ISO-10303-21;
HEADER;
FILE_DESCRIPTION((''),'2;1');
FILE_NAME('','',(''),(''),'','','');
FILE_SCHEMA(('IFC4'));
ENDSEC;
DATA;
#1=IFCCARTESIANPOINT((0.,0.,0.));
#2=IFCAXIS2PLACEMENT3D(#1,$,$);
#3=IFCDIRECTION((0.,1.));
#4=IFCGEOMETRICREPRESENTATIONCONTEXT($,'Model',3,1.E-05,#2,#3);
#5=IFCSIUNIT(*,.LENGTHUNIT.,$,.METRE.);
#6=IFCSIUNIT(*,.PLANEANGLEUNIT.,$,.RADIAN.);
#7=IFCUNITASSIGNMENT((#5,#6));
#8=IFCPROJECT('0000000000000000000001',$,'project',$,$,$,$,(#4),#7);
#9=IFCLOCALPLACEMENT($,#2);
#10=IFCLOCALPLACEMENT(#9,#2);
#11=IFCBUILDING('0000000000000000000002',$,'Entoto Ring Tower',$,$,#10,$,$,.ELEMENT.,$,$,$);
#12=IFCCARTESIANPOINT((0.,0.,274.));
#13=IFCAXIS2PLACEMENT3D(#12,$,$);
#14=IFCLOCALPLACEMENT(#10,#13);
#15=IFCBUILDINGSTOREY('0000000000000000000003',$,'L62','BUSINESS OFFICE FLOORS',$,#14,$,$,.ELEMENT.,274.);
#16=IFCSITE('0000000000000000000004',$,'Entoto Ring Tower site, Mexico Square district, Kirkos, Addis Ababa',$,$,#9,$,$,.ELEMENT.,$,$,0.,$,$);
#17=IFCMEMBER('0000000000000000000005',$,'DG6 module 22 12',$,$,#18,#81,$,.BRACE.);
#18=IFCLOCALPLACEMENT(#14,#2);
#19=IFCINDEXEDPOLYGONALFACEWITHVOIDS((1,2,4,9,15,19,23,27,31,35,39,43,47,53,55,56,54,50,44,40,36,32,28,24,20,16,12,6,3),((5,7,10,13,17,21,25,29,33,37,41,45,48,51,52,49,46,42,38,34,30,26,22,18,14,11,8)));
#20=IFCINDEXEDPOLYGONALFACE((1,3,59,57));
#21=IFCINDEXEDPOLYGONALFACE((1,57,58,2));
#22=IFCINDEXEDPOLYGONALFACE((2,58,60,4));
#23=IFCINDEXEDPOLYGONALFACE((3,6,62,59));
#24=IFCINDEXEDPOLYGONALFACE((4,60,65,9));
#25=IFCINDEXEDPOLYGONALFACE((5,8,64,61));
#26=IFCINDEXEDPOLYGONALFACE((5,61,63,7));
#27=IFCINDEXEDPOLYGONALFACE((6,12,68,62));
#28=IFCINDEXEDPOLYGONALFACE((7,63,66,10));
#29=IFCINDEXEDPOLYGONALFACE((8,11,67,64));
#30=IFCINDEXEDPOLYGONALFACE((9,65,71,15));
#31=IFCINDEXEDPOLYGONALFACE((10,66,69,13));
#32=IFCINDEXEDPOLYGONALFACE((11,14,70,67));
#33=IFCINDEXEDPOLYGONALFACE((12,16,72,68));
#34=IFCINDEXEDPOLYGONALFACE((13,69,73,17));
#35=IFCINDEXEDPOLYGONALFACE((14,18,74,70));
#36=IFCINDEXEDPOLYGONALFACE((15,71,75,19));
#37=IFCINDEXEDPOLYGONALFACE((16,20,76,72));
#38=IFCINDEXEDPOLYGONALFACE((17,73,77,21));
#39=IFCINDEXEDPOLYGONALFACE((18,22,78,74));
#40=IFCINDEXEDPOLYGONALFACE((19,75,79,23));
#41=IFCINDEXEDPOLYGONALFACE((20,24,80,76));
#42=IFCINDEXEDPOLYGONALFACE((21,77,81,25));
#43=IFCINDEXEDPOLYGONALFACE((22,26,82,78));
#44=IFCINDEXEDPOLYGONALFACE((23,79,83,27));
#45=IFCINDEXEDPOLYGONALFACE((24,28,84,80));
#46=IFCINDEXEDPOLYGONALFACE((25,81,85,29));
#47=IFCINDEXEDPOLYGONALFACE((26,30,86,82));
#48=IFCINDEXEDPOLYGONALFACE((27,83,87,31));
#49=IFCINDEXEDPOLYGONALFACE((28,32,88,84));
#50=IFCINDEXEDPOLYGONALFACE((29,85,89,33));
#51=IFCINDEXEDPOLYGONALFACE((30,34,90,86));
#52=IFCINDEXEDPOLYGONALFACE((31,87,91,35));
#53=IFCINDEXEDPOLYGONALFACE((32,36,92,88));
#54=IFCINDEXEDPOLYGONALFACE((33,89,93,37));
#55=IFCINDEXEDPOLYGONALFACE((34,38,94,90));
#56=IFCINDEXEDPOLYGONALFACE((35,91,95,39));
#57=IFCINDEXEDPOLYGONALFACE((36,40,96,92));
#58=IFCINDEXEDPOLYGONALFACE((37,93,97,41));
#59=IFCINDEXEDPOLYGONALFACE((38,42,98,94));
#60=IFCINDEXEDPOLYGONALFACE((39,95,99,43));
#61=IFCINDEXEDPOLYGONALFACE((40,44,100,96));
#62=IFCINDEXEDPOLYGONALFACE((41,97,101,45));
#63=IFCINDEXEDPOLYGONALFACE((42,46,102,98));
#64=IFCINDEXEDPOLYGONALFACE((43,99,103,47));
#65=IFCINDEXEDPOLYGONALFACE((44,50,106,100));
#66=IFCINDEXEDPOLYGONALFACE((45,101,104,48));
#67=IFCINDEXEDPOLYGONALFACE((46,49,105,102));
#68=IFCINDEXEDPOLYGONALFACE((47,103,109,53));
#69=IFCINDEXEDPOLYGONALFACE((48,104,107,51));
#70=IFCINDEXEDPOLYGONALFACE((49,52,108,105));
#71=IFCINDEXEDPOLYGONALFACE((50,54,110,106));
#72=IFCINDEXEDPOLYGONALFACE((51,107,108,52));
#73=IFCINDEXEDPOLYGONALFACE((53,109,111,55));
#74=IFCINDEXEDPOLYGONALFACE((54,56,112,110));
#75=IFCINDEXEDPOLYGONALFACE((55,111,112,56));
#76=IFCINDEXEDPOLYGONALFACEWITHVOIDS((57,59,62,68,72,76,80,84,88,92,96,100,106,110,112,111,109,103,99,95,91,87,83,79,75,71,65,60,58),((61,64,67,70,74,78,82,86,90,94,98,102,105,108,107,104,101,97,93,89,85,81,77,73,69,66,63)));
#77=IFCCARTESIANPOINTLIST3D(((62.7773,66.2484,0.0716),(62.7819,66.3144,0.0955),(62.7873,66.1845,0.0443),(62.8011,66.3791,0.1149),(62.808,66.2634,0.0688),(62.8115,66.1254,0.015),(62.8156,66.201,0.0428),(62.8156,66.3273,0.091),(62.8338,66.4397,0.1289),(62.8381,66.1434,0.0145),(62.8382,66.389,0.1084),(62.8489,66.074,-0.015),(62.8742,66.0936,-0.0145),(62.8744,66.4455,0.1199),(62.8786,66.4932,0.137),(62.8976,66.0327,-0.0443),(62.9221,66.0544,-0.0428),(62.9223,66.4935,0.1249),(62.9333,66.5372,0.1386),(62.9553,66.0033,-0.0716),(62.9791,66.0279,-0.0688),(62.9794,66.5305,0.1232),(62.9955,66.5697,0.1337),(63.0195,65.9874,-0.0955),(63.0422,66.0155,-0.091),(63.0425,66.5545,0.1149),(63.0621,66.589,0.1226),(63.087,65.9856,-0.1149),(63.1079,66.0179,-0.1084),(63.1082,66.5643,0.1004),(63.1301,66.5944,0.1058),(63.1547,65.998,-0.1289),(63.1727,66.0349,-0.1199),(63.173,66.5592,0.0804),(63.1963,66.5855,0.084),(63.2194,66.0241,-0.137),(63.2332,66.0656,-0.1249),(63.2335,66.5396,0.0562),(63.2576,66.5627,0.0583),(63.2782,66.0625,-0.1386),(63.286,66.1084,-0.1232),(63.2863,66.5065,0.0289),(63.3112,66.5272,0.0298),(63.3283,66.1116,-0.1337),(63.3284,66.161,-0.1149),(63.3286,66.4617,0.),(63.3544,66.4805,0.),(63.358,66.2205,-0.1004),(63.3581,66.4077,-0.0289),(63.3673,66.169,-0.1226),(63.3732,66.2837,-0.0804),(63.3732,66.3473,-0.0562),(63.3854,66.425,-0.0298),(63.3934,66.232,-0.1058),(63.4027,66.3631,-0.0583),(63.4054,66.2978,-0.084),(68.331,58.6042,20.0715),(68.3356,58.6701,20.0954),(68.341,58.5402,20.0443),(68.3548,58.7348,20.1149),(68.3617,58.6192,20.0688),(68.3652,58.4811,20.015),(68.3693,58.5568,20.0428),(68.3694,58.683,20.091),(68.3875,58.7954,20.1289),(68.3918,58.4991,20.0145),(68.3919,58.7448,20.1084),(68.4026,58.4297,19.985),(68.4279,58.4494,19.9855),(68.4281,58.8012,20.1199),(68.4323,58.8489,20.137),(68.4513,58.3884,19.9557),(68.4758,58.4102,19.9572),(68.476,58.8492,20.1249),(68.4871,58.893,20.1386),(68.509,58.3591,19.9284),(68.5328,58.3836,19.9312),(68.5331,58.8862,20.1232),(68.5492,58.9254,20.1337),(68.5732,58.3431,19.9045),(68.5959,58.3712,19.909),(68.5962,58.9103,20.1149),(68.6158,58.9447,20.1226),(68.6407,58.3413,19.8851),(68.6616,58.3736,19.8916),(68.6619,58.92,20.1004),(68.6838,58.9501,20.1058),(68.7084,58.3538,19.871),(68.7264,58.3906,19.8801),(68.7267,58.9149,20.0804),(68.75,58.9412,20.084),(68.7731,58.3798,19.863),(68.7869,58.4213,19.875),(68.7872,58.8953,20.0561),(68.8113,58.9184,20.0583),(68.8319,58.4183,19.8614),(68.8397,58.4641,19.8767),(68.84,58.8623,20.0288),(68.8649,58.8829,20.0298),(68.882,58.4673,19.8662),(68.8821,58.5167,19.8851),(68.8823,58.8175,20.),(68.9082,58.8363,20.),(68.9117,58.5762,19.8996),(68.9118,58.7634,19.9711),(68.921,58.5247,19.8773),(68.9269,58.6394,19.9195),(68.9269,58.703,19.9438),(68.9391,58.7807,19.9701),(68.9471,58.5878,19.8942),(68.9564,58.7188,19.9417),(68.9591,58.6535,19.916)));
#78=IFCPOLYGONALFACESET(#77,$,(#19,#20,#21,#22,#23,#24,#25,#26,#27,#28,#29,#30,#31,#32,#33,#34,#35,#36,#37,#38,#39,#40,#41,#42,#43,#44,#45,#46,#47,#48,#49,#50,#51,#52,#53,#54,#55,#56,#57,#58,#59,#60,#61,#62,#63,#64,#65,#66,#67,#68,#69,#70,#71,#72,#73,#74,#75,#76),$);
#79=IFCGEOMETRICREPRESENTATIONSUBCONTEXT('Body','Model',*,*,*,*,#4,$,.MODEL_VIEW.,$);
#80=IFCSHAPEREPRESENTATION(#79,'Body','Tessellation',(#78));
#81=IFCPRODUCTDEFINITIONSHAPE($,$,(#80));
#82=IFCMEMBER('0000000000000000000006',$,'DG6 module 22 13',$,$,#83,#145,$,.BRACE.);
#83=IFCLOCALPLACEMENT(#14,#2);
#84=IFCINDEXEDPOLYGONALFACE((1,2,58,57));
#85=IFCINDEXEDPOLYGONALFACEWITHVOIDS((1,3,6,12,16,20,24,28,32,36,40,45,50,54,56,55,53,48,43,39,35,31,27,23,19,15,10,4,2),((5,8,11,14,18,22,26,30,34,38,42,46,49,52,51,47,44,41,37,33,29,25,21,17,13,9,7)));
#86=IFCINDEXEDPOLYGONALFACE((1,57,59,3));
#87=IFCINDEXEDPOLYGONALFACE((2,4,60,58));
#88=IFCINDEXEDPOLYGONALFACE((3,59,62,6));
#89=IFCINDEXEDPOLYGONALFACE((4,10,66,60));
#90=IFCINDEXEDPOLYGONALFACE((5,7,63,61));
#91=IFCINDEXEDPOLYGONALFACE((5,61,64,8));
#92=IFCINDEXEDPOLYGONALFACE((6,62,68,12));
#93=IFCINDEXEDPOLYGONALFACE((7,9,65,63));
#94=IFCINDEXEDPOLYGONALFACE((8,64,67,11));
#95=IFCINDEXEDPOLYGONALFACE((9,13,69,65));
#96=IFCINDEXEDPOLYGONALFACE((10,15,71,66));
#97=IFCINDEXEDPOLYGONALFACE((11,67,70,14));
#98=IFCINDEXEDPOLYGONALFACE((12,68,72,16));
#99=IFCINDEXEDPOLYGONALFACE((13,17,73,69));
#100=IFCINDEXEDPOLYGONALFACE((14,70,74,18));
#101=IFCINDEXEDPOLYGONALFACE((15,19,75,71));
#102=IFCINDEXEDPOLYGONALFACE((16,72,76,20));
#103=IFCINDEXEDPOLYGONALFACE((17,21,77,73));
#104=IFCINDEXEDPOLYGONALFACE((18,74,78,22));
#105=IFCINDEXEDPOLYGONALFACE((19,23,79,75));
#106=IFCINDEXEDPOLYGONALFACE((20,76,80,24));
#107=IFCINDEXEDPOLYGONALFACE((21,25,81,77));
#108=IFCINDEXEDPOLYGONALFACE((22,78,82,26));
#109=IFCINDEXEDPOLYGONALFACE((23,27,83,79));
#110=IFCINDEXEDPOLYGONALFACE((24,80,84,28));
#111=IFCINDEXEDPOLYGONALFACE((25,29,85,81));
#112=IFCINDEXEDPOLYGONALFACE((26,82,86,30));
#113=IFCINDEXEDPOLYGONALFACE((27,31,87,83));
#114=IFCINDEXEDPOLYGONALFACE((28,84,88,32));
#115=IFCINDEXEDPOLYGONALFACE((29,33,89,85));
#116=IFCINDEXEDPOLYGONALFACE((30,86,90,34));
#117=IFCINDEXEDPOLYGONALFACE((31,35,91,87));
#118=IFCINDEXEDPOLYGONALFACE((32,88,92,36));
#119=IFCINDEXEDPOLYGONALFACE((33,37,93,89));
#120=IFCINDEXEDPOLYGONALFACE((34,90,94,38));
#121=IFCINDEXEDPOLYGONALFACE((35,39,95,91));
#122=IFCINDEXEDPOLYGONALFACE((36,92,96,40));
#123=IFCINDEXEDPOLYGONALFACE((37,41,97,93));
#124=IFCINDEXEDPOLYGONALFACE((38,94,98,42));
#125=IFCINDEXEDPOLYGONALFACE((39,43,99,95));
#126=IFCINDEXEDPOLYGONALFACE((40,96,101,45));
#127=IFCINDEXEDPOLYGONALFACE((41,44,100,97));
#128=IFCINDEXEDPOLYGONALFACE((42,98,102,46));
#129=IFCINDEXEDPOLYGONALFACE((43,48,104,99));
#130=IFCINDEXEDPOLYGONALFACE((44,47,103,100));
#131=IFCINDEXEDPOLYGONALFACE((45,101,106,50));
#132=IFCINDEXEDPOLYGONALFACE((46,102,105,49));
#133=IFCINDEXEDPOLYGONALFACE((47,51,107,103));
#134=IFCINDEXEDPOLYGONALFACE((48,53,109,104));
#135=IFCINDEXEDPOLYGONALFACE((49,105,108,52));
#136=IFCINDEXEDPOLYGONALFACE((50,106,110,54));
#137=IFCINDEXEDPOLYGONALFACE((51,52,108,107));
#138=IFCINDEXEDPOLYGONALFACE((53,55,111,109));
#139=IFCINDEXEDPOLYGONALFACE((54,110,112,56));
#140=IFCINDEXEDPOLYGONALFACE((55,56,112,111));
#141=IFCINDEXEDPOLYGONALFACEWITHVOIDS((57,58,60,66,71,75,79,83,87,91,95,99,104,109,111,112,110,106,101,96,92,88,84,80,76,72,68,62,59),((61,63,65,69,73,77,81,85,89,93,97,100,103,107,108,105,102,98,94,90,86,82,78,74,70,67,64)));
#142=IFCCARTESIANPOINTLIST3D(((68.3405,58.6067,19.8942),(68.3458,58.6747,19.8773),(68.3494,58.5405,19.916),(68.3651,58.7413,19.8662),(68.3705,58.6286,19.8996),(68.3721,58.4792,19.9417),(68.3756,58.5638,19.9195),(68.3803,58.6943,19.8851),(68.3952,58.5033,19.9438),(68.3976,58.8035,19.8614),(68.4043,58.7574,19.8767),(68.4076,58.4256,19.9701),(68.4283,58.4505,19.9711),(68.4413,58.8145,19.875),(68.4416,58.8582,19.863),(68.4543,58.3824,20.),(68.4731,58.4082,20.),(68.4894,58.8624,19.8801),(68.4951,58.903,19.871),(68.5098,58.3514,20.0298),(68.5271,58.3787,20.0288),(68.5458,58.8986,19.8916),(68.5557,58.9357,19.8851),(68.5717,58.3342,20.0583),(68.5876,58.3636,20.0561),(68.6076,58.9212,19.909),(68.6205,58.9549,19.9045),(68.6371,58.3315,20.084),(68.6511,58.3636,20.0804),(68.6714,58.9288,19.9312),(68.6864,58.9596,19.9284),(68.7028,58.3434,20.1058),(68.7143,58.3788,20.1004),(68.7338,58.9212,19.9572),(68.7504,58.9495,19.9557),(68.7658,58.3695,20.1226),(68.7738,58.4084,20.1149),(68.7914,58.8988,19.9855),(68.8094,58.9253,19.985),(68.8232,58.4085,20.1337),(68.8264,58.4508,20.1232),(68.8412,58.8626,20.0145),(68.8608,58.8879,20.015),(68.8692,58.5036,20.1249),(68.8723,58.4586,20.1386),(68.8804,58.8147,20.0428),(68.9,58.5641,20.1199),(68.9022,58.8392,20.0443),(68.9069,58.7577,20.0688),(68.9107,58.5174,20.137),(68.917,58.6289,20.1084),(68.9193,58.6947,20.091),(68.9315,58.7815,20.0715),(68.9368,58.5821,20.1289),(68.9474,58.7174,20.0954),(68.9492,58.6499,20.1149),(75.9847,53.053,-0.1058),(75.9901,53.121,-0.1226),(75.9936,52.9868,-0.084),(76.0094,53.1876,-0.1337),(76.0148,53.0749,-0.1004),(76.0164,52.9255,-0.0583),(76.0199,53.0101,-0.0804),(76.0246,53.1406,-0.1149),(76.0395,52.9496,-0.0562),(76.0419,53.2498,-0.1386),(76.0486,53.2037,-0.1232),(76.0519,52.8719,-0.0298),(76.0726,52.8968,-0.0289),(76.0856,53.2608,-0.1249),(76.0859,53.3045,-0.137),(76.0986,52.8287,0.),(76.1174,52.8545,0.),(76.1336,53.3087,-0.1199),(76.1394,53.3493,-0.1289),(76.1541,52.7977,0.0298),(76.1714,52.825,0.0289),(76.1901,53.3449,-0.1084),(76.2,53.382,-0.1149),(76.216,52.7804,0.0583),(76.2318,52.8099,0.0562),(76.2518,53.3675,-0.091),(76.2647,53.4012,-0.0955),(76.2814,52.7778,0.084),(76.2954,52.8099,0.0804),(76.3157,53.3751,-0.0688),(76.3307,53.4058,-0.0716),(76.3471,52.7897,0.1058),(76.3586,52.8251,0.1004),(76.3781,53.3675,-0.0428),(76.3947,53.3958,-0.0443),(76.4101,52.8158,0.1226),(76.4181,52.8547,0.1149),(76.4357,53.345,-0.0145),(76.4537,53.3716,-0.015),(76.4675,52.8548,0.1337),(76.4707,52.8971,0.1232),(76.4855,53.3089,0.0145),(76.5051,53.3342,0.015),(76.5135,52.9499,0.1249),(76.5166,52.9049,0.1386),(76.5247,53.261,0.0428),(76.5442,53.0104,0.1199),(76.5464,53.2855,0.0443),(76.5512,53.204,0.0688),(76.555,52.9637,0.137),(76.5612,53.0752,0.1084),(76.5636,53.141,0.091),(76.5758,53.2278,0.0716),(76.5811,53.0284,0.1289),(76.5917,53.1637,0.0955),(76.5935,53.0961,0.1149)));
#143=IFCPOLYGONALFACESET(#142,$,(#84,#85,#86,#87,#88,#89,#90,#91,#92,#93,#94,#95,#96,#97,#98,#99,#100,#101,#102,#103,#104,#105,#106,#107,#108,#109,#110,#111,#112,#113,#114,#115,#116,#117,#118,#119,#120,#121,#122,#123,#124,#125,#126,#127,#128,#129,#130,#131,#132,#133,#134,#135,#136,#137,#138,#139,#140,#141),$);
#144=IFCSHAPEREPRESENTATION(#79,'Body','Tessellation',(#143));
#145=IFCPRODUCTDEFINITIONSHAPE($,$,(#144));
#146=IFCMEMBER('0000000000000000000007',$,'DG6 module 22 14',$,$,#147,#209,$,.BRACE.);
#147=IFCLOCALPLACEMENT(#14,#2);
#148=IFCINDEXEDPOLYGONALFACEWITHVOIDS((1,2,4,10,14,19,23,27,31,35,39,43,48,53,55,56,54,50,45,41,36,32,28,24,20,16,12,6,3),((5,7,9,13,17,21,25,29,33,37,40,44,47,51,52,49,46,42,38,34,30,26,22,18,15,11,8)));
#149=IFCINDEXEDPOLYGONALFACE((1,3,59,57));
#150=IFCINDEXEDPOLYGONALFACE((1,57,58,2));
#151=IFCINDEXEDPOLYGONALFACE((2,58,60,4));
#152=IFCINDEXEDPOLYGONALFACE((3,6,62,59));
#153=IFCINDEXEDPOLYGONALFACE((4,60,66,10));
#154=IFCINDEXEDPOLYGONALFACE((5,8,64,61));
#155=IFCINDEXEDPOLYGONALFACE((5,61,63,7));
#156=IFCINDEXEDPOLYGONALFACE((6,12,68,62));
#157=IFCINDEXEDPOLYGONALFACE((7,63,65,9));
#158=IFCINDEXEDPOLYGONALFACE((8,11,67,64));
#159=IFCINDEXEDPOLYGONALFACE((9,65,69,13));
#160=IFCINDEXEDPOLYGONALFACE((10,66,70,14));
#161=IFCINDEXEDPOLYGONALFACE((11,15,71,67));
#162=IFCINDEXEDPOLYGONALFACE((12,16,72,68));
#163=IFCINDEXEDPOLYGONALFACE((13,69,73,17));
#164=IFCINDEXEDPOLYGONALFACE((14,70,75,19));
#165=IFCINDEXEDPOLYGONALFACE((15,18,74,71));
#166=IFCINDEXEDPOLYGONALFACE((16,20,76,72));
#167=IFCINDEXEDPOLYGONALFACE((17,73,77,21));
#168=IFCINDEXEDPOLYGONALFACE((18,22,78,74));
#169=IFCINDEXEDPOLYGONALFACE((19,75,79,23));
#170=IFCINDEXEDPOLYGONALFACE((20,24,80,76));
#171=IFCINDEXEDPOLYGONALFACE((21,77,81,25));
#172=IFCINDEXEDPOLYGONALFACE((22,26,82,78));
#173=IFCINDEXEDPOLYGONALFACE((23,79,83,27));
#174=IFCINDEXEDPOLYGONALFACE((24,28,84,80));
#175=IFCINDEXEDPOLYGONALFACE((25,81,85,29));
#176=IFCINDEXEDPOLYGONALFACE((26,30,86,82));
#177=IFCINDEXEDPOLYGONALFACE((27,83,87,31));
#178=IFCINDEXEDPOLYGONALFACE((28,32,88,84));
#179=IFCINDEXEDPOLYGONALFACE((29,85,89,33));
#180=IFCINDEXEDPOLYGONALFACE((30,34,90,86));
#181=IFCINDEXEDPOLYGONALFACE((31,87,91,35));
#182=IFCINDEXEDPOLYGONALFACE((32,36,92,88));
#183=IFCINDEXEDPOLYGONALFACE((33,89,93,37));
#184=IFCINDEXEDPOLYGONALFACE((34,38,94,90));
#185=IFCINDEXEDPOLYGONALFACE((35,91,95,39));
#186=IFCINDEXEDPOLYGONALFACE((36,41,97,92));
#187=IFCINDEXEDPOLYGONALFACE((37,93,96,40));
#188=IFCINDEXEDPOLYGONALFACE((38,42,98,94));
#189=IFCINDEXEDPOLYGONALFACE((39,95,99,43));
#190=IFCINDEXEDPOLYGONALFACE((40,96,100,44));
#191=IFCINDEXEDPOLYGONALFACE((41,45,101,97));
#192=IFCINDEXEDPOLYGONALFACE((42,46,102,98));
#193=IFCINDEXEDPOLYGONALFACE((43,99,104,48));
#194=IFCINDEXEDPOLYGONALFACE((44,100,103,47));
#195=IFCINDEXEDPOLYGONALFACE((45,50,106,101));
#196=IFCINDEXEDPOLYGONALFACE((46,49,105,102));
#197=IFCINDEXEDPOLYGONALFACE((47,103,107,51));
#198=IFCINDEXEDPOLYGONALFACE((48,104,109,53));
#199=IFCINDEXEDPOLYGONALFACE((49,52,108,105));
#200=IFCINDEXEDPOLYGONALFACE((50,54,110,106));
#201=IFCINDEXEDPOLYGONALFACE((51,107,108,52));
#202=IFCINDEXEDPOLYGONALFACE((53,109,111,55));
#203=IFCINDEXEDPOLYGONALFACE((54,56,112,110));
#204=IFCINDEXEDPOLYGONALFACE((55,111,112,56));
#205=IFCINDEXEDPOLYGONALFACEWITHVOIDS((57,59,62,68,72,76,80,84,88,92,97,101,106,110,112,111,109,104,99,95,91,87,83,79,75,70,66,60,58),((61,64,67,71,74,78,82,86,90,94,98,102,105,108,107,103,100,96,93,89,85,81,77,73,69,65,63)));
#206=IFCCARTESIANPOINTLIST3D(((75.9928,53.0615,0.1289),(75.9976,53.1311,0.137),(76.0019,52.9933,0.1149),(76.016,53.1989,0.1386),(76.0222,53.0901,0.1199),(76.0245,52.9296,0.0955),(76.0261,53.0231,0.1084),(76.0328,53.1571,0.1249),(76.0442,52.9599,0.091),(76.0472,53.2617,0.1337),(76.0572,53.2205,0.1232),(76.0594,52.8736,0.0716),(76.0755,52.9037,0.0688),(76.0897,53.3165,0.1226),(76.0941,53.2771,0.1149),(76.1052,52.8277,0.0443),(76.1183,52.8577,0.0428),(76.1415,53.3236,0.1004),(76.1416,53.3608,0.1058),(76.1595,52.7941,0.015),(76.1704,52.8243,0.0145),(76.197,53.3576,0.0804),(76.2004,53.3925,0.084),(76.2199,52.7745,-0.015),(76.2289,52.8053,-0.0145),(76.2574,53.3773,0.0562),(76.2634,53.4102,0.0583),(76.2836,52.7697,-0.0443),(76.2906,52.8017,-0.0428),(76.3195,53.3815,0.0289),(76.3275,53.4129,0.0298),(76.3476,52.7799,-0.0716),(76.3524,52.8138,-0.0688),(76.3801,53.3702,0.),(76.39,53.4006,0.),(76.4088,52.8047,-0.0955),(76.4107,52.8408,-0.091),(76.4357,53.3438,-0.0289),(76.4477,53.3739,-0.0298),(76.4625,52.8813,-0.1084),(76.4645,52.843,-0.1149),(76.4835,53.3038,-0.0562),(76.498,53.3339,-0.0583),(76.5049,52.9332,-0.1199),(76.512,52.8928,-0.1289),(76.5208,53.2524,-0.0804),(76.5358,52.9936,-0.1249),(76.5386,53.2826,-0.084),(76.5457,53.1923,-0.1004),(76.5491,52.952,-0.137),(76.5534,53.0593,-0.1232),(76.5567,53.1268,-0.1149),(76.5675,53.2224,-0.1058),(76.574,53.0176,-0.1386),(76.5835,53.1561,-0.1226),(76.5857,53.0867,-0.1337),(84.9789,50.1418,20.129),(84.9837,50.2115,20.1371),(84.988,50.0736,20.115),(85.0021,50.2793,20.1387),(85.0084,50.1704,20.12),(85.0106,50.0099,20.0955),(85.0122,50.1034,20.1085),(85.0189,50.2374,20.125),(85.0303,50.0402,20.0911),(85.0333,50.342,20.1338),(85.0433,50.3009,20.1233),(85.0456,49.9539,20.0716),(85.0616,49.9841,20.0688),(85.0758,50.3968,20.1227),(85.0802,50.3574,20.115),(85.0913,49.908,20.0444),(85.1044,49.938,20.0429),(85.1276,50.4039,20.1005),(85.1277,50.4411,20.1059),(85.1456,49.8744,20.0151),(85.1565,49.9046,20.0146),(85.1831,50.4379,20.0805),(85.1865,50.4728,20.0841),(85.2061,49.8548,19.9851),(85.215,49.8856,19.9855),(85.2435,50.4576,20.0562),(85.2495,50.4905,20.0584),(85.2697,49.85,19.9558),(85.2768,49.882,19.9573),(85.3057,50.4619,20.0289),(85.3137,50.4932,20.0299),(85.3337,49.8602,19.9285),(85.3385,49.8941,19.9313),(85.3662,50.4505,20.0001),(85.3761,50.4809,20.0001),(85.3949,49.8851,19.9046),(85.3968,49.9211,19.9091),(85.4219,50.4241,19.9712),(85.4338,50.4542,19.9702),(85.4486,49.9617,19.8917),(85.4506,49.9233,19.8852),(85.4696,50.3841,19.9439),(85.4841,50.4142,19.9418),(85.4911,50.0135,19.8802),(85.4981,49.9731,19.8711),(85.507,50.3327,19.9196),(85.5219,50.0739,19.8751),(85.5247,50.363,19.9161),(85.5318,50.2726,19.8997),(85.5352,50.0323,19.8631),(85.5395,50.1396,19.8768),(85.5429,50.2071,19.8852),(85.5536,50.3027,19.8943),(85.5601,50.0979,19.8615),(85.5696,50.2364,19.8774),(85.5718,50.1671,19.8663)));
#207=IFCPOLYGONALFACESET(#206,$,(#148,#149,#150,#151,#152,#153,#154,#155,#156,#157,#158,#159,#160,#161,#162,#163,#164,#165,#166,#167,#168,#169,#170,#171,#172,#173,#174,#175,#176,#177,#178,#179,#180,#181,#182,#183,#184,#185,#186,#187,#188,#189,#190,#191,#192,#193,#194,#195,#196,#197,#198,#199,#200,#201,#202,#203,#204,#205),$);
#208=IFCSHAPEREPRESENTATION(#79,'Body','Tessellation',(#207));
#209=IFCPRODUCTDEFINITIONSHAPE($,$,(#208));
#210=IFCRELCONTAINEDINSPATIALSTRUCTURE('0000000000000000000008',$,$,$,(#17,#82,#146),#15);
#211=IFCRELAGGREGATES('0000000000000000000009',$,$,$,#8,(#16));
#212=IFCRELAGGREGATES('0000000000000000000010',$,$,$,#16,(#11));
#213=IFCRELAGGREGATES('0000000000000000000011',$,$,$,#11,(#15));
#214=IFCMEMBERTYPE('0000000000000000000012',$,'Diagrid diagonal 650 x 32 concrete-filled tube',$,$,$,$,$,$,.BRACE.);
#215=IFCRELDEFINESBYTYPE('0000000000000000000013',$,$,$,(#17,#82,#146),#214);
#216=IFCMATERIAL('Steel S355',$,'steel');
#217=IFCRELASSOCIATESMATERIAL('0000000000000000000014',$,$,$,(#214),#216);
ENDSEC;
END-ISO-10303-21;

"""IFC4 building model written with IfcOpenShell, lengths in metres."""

from ifc_helpers import new_model, si_unit, direction, frame, origin, origin_2d, place, context, subcontext, project, spatial, circle, hollow_circle, extrude, material, material_profile, profile_set, type_object, element, save


model = new_model("IFC4")

# Units and contexts
model_context = context("Model", 3, precision=1e-05, world=origin(), true_north=direction((0.0, 1.0)))
body_context = subcontext(model_context, "Body", "Model", "MODEL_VIEW")
ifc_project = project(units=[si_unit("LENGTHUNIT", "METRE"), si_unit("PLANEANGLEUNIT", "RADIAN")], contexts=[model_context])

# Site, building, storey
site_placement = place(None, origin())
site = spatial("IfcSite", under=ifc_project, at=site_placement, Name="Entoto Ring Tower site, Mexico Square district, Kirkos, Addis Ababa", CompositionType="ELEMENT", RefElevation=0.0)
building_placement = place(site_placement, origin())
building = spatial("IfcBuilding", under=site, at=building_placement, Name="Entoto Ring Tower", CompositionType="ELEMENT")
storey_placement = place(building_placement, frame((0.0, 0.0, 274.0)))
storey = spatial("IfcBuildingStorey", under=building, at=storey_placement, Name="L62", Description="BUSINESS OFFICE FLOORS", CompositionType="ELEMENT", Elevation=274.0)

# Members
ifc_material_1 = material(Name="Steel S355", Category="steel")
ifc_material_profile_1 = material_profile(ifc_material_1, hollow_circle(Radius=0.325, WallThickness=0.032, at=origin_2d()), Name="CHS 650 x 32")
ifc_material_2 = material(Name="Concrete C60/75", Category="concrete")
ifc_material_profile_2 = material_profile(ifc_material_2, circle(Radius=0.293, at=origin_2d()), Name="Concrete C60/75 infill")
ifc_profile_set_1 = profile_set([ifc_material_profile_1, ifc_material_profile_2], Name="Steel S355")
member_type_1 = type_object("IfcMemberType", Name="Diagrid diagonal 650 x 32 concrete-filled tube", PredefinedType="BRACE", material=ifc_profile_set_1)
for number, where, z_axis, x_axis, name in (
    (1, (63.0916, 66.2896, 0.0), (0.251076, -0.345588, 0.904174), (0.809026, 0.587772, 0.0), "DG6 module 22 12"),
    (2, (76.2896, 53.0916, 0.0), (-0.345588, 0.251076, 0.904174), (-0.587772, -0.809026, 0.0), "DG6 module 22 13"),
    (3, (76.2896, 53.0916, 0.0), (0.406251, -0.131995, 0.904178), (0.30901, 0.951059, 0.0), "DG6 module 22 14"),
):
    element("IfcMember", number, at=place(storey_placement, frame(where, z_axis=z_axis, x_axis=x_axis)), inside=storey, type_object=member_type_1, Name=name, PredefinedType="BRACE", context=body_context, shape_type="SweptSolid", body=[
        extrude(hollow_circle(Radius=0.325, WallThickness=0.032, at=origin_2d()), origin(), (0.0, 0.0, 1.0), 22.1196),
    ])

save(model, "model.ifc")
